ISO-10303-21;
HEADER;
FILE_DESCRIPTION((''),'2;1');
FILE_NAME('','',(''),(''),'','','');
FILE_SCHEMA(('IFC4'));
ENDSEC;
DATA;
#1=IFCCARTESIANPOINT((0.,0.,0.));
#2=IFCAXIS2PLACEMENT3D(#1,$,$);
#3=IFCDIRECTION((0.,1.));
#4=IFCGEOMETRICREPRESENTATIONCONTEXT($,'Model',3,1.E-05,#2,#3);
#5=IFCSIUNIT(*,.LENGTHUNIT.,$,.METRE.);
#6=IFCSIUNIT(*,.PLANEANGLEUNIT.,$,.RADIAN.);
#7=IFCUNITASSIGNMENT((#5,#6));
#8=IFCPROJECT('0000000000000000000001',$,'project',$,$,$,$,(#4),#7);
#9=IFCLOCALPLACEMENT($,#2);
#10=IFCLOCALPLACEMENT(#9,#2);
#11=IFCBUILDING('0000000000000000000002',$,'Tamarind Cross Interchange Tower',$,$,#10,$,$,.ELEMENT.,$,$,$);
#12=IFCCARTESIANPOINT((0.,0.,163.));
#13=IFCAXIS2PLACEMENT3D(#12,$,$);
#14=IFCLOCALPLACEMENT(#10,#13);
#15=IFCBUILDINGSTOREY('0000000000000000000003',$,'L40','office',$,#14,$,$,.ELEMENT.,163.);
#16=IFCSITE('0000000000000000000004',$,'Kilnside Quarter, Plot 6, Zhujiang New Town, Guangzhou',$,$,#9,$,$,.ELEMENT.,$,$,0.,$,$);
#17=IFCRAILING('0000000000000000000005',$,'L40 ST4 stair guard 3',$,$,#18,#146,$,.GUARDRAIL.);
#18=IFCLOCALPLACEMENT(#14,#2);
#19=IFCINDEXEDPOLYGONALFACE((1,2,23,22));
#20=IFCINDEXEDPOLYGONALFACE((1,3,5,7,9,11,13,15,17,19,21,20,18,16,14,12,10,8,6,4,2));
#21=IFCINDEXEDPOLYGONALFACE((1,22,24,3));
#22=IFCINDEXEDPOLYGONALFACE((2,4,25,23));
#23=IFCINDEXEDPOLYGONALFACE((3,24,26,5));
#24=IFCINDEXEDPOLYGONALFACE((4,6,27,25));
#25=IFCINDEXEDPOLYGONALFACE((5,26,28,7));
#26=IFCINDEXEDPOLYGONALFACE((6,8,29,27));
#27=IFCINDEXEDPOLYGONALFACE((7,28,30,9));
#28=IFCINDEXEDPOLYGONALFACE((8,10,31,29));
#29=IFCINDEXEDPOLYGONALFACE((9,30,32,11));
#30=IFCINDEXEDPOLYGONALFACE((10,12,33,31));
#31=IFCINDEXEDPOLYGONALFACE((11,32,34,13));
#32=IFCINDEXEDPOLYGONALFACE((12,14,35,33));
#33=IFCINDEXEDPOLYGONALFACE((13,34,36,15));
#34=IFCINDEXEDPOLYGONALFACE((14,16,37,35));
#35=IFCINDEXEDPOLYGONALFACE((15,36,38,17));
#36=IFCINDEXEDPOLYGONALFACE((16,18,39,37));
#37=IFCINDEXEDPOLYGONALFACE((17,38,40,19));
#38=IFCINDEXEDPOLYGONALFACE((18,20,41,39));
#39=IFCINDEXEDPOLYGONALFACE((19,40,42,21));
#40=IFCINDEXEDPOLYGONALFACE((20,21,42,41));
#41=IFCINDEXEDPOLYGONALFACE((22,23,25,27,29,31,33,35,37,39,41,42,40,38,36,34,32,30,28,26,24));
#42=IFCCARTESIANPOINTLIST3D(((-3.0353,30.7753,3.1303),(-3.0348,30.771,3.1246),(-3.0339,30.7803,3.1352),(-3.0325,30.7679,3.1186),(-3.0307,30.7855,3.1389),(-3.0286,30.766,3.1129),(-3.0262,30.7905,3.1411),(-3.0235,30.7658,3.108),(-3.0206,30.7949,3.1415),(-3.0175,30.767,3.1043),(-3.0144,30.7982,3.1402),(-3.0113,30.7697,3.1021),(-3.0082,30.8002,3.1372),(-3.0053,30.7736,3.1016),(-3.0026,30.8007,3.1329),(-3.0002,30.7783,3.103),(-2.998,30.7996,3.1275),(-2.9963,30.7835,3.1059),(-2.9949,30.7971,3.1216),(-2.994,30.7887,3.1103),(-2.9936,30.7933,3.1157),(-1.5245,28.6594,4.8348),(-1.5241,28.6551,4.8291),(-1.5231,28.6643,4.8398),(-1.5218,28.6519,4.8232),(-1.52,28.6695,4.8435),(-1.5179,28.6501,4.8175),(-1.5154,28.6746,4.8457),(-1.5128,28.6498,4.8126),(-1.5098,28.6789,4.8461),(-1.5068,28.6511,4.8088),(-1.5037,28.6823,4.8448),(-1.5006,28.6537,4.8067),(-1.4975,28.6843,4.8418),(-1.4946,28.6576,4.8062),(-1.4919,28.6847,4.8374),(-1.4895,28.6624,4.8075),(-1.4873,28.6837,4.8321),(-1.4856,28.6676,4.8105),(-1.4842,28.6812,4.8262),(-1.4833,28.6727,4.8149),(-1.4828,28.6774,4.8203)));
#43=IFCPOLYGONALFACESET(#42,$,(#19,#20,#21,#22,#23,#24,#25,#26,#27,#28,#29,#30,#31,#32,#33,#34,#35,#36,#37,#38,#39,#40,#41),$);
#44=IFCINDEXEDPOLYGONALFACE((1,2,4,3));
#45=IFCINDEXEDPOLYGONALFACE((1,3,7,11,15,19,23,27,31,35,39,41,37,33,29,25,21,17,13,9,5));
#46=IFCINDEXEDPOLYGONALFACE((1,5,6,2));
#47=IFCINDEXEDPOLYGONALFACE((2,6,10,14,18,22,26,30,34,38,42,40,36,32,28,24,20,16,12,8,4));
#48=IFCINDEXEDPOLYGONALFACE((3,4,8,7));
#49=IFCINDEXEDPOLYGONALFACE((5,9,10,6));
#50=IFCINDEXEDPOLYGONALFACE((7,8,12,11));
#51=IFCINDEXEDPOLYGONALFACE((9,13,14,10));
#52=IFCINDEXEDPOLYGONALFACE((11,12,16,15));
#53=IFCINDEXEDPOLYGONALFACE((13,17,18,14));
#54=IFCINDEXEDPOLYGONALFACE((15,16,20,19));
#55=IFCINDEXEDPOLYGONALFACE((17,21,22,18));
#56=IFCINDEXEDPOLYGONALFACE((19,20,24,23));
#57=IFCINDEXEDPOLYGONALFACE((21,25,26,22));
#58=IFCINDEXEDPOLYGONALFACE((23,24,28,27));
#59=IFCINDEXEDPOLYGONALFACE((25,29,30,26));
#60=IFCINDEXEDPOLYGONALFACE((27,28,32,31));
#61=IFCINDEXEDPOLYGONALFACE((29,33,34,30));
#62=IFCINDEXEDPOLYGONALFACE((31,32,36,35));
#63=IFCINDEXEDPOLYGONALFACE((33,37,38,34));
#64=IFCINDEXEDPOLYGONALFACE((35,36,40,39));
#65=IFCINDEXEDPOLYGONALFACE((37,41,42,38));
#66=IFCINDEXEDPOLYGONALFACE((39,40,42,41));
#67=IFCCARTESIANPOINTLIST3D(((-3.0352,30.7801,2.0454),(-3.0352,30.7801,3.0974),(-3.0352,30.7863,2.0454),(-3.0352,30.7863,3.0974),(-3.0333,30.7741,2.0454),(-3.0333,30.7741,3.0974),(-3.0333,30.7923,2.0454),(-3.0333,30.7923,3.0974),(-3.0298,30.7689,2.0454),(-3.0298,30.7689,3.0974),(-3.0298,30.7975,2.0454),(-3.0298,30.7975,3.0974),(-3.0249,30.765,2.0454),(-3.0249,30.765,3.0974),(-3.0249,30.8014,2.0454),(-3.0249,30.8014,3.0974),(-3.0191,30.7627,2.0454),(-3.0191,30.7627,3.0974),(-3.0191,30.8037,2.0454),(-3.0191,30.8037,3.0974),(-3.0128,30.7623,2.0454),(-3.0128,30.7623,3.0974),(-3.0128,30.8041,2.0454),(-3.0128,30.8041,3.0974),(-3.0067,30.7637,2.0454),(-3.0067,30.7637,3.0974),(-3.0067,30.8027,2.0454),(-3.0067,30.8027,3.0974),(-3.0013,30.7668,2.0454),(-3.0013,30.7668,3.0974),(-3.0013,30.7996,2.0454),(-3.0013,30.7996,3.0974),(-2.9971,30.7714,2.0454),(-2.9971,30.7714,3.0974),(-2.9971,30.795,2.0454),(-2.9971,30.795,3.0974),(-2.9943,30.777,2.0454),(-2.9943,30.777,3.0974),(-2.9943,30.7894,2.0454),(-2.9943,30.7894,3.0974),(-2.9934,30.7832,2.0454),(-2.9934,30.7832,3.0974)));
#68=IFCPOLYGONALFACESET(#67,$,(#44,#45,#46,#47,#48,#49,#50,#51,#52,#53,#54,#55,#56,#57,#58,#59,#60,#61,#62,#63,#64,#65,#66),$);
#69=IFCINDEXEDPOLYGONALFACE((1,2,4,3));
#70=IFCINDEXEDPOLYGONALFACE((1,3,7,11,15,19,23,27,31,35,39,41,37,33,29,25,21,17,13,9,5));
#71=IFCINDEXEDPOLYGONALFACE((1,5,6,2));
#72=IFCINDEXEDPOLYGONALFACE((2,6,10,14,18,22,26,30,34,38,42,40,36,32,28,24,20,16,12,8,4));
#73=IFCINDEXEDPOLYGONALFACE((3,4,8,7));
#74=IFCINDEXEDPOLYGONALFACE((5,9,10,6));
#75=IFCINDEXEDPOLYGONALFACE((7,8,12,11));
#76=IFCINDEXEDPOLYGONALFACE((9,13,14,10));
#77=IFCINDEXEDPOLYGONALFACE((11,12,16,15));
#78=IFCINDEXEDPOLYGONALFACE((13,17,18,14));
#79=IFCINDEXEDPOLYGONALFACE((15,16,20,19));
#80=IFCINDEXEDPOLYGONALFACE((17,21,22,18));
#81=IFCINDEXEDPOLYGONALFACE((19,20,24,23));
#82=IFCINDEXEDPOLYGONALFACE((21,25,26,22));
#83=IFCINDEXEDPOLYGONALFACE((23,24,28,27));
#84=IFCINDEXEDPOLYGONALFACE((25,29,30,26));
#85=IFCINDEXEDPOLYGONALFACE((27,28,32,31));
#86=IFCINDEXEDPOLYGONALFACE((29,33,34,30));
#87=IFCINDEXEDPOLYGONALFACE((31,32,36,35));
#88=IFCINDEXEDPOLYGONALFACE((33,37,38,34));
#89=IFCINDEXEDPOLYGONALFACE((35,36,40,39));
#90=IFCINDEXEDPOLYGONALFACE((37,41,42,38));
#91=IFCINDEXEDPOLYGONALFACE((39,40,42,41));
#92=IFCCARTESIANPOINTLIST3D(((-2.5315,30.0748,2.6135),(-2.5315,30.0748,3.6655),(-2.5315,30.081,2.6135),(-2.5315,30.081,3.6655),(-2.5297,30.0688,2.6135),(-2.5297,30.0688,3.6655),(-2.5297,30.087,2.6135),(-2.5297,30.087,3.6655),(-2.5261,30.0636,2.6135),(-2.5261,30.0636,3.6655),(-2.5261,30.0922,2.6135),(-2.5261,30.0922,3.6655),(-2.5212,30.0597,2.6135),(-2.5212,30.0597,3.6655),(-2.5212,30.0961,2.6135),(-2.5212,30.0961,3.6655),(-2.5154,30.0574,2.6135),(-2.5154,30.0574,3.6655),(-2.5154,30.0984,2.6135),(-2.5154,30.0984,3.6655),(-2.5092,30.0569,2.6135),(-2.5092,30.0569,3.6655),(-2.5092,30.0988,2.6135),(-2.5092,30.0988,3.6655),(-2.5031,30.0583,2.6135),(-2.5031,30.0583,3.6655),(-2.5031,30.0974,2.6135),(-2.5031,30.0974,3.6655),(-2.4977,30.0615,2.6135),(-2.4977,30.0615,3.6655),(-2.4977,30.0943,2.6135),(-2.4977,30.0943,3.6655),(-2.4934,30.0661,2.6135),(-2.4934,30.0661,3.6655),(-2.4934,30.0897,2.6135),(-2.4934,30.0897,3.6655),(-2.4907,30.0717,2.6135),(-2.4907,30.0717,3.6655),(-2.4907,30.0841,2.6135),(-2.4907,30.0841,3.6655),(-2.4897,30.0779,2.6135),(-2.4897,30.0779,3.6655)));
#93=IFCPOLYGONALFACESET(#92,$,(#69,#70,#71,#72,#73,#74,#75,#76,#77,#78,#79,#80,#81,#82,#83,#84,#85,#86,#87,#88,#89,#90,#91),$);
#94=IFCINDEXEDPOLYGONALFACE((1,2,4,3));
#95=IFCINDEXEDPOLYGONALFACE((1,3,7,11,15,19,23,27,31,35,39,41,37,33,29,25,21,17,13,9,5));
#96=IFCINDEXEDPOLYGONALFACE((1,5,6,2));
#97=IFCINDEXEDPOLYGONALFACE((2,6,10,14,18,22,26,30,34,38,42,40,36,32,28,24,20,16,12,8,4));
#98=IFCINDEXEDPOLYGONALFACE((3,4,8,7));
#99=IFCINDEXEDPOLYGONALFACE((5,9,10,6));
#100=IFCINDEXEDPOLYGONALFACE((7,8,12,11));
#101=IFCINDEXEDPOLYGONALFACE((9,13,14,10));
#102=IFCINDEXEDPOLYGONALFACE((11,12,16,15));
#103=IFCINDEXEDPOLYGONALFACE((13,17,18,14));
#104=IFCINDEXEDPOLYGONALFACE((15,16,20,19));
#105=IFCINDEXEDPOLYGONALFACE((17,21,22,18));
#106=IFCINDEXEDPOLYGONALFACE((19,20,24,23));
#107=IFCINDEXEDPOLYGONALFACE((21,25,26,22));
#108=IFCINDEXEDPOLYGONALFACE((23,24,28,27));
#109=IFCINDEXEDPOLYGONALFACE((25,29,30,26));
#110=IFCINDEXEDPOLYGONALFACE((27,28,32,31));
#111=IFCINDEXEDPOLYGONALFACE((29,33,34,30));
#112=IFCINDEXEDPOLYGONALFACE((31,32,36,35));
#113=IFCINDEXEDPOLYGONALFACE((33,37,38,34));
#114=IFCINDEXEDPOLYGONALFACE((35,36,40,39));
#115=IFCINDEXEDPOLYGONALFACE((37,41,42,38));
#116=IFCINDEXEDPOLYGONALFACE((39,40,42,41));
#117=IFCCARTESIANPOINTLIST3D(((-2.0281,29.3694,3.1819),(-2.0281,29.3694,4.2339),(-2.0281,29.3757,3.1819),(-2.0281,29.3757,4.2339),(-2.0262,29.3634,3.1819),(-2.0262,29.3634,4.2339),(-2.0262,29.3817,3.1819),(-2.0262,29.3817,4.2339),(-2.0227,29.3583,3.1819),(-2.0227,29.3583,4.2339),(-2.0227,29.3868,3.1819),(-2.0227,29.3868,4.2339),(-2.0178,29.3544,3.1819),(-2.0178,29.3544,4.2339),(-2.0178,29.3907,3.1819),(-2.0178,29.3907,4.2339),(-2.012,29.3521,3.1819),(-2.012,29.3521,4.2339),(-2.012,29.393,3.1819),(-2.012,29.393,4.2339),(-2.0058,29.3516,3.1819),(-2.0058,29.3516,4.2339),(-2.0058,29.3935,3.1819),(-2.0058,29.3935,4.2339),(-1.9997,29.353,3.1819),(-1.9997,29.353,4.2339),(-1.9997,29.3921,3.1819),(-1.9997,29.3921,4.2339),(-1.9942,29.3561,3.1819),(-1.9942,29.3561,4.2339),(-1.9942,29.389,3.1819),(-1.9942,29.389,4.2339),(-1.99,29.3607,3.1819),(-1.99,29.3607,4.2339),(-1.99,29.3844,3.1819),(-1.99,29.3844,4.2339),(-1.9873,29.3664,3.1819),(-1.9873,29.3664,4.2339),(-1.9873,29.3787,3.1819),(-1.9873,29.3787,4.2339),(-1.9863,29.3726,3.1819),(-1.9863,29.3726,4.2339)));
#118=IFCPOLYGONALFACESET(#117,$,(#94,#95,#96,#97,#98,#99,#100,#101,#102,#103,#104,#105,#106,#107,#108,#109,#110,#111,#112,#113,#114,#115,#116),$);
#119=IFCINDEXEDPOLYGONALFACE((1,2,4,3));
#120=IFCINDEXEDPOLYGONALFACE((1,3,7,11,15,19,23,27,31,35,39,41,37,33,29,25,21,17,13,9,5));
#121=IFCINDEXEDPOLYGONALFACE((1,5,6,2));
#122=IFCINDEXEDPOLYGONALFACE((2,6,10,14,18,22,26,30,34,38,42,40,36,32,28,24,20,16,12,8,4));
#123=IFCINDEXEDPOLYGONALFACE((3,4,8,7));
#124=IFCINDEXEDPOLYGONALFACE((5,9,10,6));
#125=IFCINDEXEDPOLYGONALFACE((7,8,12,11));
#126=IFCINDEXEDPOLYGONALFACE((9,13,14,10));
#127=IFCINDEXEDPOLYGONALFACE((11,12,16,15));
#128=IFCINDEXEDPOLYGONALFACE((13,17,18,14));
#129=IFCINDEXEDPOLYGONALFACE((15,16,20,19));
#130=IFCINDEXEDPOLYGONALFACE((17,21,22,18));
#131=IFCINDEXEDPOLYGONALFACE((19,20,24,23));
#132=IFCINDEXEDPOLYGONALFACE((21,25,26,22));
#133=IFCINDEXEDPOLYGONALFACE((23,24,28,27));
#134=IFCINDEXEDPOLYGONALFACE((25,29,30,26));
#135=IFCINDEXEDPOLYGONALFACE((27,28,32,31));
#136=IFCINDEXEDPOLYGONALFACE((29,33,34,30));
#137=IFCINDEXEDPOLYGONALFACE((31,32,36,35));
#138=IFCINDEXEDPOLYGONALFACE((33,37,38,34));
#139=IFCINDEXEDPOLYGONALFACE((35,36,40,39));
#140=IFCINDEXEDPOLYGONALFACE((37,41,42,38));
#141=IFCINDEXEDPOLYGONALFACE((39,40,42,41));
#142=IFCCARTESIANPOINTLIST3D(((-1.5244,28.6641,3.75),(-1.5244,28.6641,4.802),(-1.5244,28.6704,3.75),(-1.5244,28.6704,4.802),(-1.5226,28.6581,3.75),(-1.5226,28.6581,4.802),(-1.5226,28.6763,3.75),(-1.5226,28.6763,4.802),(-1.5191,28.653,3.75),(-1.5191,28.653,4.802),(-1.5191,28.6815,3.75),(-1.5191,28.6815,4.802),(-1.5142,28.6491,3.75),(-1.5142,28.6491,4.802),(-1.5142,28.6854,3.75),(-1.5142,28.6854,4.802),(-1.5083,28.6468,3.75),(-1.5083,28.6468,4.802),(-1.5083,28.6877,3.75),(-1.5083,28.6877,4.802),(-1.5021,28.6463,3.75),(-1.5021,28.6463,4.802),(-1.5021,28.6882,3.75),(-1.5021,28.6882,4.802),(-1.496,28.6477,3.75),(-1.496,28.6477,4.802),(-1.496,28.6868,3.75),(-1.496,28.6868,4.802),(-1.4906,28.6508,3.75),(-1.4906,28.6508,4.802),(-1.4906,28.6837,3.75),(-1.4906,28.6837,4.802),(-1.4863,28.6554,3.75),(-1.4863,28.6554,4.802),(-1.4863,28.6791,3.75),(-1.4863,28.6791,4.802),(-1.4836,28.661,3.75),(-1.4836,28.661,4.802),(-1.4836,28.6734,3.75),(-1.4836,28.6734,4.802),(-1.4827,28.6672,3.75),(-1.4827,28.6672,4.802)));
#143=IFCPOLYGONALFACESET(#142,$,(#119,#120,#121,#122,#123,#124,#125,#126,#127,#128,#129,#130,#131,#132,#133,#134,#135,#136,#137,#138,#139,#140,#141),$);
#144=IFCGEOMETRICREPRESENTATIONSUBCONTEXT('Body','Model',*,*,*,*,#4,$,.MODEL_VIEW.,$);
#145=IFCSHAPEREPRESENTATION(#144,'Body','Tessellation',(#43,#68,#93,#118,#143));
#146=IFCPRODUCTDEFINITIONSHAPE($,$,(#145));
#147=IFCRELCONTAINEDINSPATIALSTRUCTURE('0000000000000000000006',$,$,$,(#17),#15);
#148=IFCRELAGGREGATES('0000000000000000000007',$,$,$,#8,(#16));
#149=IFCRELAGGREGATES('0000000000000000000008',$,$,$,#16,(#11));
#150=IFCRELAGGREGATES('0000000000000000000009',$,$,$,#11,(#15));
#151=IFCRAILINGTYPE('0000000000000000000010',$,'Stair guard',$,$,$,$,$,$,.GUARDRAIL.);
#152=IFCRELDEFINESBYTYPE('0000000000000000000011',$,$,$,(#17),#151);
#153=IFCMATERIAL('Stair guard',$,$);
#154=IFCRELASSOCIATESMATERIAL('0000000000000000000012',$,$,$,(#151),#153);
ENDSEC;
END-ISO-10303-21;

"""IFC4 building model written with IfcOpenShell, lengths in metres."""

from ifc_helpers import new_model, si_unit, direction, frame, origin, origin_2d, place, context, subcontext, project, spatial, circle, extrude, material, type_object, element, save


model = new_model("IFC4")

# Units and contexts
model_context = context("Model", 3, precision=1e-05, world=origin(), true_north=direction((0.0, 1.0)))
body_context = subcontext(model_context, "Body", "Model", "MODEL_VIEW")
ifc_project = project(units=[si_unit("LENGTHUNIT", "METRE"), si_unit("PLANEANGLEUNIT", "RADIAN")], contexts=[model_context])

# Site, building, storey
site_placement = place(None, origin())
site = spatial("IfcSite", under=ifc_project, at=site_placement, Name="Kilnside Quarter, Plot 6, Zhujiang New Town, Guangzhou", CompositionType="ELEMENT", RefElevation=0.0)
building_placement = place(site_placement, origin())
building = spatial("IfcBuilding", under=site, at=building_placement, Name="Tamarind Cross Interchange Tower", CompositionType="ELEMENT")
storey_placement = place(building_placement, frame((0.0, 0.0, 163.0)))
storey = spatial("IfcBuildingStorey", under=building, at=storey_placement, Name="L40", Description="office", CompositionType="ELEMENT", Elevation=163.0)

# Railing
ifc_material_1 = material(Name="Stair guard")
railing_type_1 = type_object("IfcRailingType", Name="Stair guard", PredefinedType="GUARDRAIL", material=ifc_material_1)
railing_1_placement = place(storey_placement, frame((-3.0144, 30.7832, 2.0454)))
element("IfcRailing", 1, at=railing_1_placement, inside=storey, type_object=railing_type_1, Name="L40 ST4 stair guard 3", PredefinedType="GUARDRAIL", context=body_context, shape_type="SweptSolid", body=[
    extrude(circle(Radius=0.0239, at=origin_2d()), frame((0.0, 0.0, 1.0762), z_axis=(0.48594, -0.680615, 0.548293), x_axis=(0.813854, 0.581069, 0.0)), (0.0, 0.0, 1.0), 3.1089),
    extrude(circle(Radius=0.021, at=origin_2d()), origin(), (0.0, 0.0, 1.0), 1.052),
    extrude(circle(Radius=0.021, at=origin_2d()), frame((0.5037, -0.7053, 0.5681)), (0.0, 0.0, 1.0), 1.052),
    extrude(circle(Radius=0.021, at=origin_2d()), frame((1.0071, -1.4106, 1.1365)), (0.0, 0.0, 1.0), 1.052),
    extrude(circle(Radius=0.021, at=origin_2d()), frame((1.5107, -2.116, 1.7046)), (0.0, 0.0, 1.0), 1.052),
])

save(model, "model.ifc")
